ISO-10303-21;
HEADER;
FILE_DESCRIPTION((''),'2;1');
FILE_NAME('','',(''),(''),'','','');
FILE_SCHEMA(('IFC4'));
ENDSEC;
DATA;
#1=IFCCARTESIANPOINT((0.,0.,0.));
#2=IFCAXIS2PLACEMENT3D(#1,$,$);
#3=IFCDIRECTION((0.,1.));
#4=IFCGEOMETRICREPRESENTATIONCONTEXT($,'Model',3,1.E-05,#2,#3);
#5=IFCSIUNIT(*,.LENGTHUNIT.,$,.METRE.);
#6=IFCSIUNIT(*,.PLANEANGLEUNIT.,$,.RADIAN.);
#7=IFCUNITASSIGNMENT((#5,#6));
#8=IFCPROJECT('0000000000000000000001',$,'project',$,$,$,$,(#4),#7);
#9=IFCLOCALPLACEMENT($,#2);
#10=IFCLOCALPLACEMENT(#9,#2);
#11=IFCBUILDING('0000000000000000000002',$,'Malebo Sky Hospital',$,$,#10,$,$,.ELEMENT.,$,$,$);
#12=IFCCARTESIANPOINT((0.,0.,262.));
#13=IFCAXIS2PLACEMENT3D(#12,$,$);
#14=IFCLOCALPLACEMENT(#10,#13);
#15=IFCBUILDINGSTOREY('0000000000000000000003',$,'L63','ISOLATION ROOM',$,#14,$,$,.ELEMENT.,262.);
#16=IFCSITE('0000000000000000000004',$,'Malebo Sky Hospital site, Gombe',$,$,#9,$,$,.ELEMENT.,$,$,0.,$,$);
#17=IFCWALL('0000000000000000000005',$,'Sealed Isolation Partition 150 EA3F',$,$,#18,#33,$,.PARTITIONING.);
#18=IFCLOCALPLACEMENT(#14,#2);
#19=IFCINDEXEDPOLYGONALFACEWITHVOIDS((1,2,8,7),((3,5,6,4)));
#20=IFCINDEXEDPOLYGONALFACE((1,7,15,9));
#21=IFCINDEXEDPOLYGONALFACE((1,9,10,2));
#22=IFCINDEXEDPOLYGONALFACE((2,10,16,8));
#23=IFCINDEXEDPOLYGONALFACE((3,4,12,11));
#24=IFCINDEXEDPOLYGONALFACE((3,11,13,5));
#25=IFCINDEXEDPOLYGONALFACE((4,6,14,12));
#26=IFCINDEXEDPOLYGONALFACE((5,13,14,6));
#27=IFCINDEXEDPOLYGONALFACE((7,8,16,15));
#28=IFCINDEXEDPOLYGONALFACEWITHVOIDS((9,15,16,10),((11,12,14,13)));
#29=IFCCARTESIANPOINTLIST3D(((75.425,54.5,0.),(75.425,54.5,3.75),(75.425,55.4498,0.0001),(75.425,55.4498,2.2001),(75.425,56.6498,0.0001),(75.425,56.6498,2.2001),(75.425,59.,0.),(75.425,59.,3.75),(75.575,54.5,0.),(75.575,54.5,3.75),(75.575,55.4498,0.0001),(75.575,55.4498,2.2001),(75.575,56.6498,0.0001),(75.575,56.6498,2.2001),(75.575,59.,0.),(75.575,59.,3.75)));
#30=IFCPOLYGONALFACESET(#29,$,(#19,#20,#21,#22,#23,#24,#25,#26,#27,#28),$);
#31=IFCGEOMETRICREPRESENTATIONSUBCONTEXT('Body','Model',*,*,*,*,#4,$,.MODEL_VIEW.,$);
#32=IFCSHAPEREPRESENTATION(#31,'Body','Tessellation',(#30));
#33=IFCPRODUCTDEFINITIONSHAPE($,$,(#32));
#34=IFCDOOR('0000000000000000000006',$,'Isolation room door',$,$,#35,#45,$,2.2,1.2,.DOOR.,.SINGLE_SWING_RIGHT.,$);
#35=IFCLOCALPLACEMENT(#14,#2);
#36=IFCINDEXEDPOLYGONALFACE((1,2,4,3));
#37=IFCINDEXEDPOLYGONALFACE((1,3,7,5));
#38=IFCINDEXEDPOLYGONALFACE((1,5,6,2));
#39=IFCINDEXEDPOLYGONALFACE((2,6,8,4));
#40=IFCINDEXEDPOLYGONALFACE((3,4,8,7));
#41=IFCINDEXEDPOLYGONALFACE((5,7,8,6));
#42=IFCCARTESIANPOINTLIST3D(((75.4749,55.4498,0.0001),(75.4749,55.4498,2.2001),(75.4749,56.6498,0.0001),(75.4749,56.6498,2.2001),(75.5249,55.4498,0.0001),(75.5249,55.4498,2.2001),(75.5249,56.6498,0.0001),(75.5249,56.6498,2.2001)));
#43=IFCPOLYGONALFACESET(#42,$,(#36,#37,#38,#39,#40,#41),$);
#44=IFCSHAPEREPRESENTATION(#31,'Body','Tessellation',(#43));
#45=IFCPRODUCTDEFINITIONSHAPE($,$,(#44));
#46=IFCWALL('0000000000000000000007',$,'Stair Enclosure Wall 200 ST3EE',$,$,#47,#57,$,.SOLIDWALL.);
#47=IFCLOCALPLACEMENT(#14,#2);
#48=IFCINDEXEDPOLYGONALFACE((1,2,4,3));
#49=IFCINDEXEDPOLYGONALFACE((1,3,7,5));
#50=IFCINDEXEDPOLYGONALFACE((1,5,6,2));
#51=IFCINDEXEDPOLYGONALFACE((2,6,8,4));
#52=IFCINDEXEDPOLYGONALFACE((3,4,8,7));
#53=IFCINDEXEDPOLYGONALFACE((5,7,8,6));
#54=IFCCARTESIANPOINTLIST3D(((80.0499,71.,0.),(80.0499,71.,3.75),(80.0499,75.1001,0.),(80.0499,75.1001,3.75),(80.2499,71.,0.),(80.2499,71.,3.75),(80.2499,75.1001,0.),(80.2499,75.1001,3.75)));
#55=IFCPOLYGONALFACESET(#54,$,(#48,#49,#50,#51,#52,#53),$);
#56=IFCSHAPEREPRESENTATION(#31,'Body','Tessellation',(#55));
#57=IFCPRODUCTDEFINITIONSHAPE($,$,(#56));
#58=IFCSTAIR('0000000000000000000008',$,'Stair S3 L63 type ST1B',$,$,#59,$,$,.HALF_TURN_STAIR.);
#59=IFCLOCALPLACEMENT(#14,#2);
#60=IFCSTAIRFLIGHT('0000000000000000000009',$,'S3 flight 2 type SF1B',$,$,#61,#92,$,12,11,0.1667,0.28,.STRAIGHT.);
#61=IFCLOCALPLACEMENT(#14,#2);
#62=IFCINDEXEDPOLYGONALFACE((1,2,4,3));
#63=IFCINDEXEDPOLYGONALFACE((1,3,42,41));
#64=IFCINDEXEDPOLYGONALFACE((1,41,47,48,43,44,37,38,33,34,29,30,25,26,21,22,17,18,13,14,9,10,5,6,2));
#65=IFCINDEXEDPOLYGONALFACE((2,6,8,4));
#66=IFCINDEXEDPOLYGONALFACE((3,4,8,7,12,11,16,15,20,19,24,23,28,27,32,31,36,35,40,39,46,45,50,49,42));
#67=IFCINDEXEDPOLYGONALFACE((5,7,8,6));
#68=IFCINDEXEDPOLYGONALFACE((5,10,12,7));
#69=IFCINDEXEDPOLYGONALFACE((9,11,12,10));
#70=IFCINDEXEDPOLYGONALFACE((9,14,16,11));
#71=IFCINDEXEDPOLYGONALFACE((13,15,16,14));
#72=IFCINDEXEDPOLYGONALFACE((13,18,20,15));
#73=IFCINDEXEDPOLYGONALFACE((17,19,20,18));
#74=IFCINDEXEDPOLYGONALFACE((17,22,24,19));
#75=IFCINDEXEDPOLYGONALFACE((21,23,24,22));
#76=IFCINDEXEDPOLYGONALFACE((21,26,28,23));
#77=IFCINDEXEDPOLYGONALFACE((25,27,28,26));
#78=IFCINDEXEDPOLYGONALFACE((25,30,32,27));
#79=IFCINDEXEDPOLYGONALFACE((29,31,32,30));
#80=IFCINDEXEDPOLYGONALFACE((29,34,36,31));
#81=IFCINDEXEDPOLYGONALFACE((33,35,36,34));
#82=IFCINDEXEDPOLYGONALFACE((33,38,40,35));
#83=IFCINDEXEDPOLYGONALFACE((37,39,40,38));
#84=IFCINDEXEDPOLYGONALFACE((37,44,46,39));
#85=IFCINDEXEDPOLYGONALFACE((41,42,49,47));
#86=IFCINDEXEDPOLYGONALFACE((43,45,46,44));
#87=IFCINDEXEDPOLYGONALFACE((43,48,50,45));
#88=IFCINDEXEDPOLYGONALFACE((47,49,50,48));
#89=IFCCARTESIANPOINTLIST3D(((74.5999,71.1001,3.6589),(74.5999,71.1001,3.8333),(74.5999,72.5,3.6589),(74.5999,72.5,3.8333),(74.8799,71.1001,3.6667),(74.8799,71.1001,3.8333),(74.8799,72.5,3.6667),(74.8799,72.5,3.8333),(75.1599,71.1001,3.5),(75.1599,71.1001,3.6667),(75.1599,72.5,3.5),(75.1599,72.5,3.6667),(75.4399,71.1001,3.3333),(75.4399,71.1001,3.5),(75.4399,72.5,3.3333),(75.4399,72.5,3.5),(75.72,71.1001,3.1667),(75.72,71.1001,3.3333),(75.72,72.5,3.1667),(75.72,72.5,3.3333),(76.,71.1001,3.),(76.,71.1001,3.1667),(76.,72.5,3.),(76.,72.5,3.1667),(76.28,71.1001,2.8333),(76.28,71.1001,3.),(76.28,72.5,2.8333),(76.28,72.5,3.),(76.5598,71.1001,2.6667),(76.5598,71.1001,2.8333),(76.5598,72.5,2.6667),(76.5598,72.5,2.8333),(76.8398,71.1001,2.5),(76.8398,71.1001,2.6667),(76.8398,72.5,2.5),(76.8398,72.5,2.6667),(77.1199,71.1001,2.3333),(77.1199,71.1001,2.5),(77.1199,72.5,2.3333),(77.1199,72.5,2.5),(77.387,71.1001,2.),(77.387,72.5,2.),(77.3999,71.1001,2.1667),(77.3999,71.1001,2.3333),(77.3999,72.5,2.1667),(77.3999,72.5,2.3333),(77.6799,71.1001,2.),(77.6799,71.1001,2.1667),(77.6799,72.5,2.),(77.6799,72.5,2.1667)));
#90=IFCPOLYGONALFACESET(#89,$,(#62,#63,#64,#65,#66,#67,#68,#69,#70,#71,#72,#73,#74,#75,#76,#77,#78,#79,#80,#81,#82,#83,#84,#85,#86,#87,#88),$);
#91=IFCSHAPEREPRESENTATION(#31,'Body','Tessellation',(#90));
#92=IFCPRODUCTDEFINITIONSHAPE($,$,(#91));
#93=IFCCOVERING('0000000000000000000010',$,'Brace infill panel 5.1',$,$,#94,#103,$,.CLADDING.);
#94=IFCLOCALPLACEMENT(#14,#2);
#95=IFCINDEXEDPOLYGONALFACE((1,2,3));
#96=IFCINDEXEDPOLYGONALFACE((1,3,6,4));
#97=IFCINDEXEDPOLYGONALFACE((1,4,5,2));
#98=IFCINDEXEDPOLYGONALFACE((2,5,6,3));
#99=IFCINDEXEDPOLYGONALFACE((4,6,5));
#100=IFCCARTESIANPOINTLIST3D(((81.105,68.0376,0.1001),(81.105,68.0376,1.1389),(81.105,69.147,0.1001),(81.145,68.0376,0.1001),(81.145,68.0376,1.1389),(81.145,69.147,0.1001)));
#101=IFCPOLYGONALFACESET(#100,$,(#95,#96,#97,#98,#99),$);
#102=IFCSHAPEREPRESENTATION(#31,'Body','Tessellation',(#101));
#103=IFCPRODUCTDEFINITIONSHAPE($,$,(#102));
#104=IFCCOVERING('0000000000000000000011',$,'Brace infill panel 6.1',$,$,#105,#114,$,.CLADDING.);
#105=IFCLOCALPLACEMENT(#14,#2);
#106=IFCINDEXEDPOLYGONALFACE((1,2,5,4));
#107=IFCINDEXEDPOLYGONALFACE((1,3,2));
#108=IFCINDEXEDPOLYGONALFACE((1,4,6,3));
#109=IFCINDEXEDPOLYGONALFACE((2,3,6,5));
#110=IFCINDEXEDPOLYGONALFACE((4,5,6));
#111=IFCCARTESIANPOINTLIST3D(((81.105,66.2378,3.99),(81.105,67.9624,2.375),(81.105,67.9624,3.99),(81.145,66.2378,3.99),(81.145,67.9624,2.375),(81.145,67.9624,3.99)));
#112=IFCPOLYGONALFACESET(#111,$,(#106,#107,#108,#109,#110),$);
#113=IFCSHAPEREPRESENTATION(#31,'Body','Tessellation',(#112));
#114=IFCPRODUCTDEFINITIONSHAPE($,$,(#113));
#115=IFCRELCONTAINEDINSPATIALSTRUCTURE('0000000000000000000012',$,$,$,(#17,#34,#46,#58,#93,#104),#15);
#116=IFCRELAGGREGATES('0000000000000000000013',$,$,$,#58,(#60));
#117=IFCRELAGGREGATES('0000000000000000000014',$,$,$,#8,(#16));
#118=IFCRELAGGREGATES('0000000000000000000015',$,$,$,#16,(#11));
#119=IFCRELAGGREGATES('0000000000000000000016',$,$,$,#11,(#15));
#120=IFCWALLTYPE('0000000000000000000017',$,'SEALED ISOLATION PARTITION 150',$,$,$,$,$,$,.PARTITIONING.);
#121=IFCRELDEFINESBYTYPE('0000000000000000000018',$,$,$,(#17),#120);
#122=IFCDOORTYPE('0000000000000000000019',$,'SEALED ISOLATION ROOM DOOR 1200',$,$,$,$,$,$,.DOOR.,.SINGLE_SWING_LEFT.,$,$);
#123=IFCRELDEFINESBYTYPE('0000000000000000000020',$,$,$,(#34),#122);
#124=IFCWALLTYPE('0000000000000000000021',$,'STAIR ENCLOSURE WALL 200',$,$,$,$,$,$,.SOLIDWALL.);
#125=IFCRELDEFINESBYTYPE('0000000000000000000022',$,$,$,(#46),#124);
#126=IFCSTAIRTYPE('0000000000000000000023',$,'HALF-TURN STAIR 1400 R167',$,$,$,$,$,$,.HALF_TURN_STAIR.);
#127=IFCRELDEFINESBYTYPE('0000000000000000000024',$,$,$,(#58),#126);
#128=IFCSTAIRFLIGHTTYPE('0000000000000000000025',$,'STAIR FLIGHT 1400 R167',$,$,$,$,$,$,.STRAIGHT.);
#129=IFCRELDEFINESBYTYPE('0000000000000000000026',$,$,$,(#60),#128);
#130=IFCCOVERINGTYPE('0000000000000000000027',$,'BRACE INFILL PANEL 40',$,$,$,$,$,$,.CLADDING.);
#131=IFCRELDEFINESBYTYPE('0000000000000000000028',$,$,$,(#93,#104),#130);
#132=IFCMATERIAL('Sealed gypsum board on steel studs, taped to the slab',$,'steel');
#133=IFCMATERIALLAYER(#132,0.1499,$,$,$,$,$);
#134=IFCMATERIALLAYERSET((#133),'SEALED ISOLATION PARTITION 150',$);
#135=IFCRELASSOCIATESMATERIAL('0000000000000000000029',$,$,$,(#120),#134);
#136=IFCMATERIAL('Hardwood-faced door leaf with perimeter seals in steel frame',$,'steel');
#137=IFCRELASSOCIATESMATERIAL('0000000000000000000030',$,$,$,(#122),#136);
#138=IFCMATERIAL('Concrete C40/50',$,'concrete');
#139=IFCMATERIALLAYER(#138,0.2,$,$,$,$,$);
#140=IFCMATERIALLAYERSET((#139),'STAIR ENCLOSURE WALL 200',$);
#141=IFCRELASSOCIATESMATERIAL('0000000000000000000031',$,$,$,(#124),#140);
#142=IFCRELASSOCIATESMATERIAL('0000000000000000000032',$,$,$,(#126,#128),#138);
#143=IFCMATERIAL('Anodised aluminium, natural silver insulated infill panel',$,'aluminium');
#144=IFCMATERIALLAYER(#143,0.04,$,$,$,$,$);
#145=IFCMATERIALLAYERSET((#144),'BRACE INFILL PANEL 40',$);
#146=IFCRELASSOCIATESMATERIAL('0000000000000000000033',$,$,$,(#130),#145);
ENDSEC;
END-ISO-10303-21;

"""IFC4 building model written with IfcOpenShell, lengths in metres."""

from ifc_helpers import new_model, si_unit, direction, frame, frame_2d, origin, place, context, subcontext, project, spatial, polyline, rectangle, outline, extrude, material, layer, layer_set, type_object, element, fill, aggregate, save


model = new_model("IFC4")

# Units and contexts
model_context = context("Model", 3, precision=1e-05, world=origin(), true_north=direction((0.0, 1.0)))
body_context = subcontext(model_context, "Body", "Model", "MODEL_VIEW")
ifc_project = project(units=[si_unit("LENGTHUNIT", "METRE"), si_unit("PLANEANGLEUNIT", "RADIAN")], contexts=[model_context])

# Site, building, storey
site_placement = place(None, origin())
site = spatial("IfcSite", under=ifc_project, at=site_placement, Name="Malebo Sky Hospital site, Gombe", CompositionType="ELEMENT", RefElevation=0.0)
building_placement = place(site_placement, origin())
building = spatial("IfcBuilding", under=site, at=building_placement, Name="Malebo Sky Hospital", CompositionType="ELEMENT")
storey_placement = place(building_placement, frame((0.0, 0.0, 262.0)))
storey = spatial("IfcBuildingStorey", under=building, at=storey_placement, Name="L63", Description="ISOLATION ROOM", CompositionType="ELEMENT", Elevation=262.0)

# Wall, opening, door
ifc_material_1 = material(Name="Sealed gypsum board on steel studs, taped to the slab", Category="steel")
ifc_layer_1 = layer(ifc_material_1, 0.1499)
ifc_layer_set_1 = layer_set([ifc_layer_1], Name="SEALED ISOLATION PARTITION 150")
wall_type_1 = type_object("IfcWallType", Name="SEALED ISOLATION PARTITION 150", PredefinedType="PARTITIONING", material=ifc_layer_set_1)
wall_1_placement = place(storey_placement, frame((75.5, 59.0, 0.0), z_axis=(0.0, 0.0, 1.0), x_axis=(0.0, -1.0, 0.0)))
wall_1 = element("IfcWall", 1, at=wall_1_placement, inside=storey, type_object=wall_type_1, Name="Sealed Isolation Partition 150 EA3F", PredefinedType="PARTITIONING", context=body_context, shape_type="SweptSolid", body=[
    extrude(rectangle(XDim=4.5, YDim=0.1499, at=frame_2d((2.25, 0.0))), origin(), (0.0, 0.0, 1.0), 3.75),
])
opening_1_placement = place(wall_1_placement, frame((2.3501, 0.0, 0.0)))
opening_1 = element("IfcOpeningElement", 2, at=opening_1_placement, cuts=wall_1, PredefinedType="OPENING", context=body_context, shape_type="SweptSolid", body=[
    extrude(rectangle(XDim=1.2, YDim=2.2, at=frame_2d((0.6001, 1.1001))), frame((0.0, 0.085, 0.0), z_axis=(0.0, -1.0, 0.0), x_axis=(1.0, 0.0, 0.0)), (0.0, 0.0, 1.0), 0.1699),
])
ifc_material_2 = material(Name="Hardwood-faced door leaf with perimeter seals in steel frame", Category="steel")
door_type_1 = type_object("IfcDoorType", Name="SEALED ISOLATION ROOM DOOR 1200", OperationType="SINGLE_SWING_LEFT", PredefinedType="DOOR", material=ifc_material_2)
door_1_placement = place(opening_1_placement, origin())
door_1 = element("IfcDoor", 3, at=door_1_placement, inside=storey, type_object=door_type_1, Name="Isolation room door", OperationType="SINGLE_SWING_RIGHT", OverallHeight=2.2, OverallWidth=1.2, PredefinedType="DOOR", context=body_context, shape_type="SweptSolid", body=[
    extrude(rectangle(XDim=1.2, YDim=2.2, at=frame_2d((0.6001, 1.1001))), frame((0.0, 0.0249, 0.0), z_axis=(0.0, -1.0, 0.0), x_axis=(1.0, 0.0, 0.0)), (0.0, 0.0, 1.0), 0.05),
])
fill(opening_1, door_1)

# Wall
ifc_material_3 = material(Name="Concrete C40/50", Category="concrete")
ifc_layer_2 = layer(ifc_material_3, 0.2)
ifc_layer_set_2 = layer_set([ifc_layer_2], Name="STAIR ENCLOSURE WALL 200")
wall_type_2 = type_object("IfcWallType", Name="STAIR ENCLOSURE WALL 200", PredefinedType="SOLIDWALL", material=ifc_layer_set_2)
wall_2_placement = place(storey_placement, frame((80.1499, 71.0, 0.0), z_axis=(0.0, 0.0, 1.0), x_axis=(0.0, 1.0, 0.0)))
element("IfcWall", 4, at=wall_2_placement, inside=storey, type_object=wall_type_2, Name="Stair Enclosure Wall 200 ST3EE", PredefinedType="SOLIDWALL", context=body_context, shape_type="SweptSolid", body=[
    extrude(rectangle(XDim=4.1001, YDim=0.2, at=frame_2d((2.05, 0.0))), origin(), (0.0, 0.0, 1.0), 3.75),
])

# Stair, stair flight
stair_type = type_object("IfcStairType", Name="HALF-TURN STAIR 1400 R167", PredefinedType="HALF_TURN_STAIR", material=ifc_material_3)
stair_placement = place(storey_placement, origin())
stair = element("IfcStair", 5, at=stair_placement, inside=storey, type_object=stair_type, Name="Stair S3 L63 type ST1B", PredefinedType="HALF_TURN_STAIR")
stair_flight_type = type_object("IfcStairFlightType", Name="STAIR FLIGHT 1400 R167", PredefinedType="STRAIGHT", material=ifc_material_3)
stair_flight_placement = place(storey_placement, frame((77.6799, 71.8, 2.0), z_axis=(0.0, 0.0, 1.0), x_axis=(-1.0, 0.0, 0.0)))
stair_flight = element("IfcStairFlight", 6, at=stair_flight_placement, type_object=stair_flight_type, Name="S3 flight 2 type SF1B", NumberOfRisers=12, NumberOfTreads=11, PredefinedType="STRAIGHT", RiserHeight=0.1667, TreadLength=0.28, context=body_context, shape_type="SweptSolid", body=[
    extrude(outline(polyline([(0.0, 0.0), (0.0, 0.1667), (0.28, 0.1667), (0.28, 0.3333), (0.5601, 0.3333), (0.5601, 0.5), (0.8401, 0.5), (0.8401, 0.6667), (1.1201, 0.6667), (1.1201, 0.8333), (1.3999, 0.8333), (1.3999, 1.0), (1.6799, 1.0), (1.6799, 1.1667), (1.96, 1.1667), (1.96, 1.3333), (2.24, 1.3333), (2.24, 1.5), (2.52, 1.5), (2.52, 1.6667), (2.8, 1.6667), (2.8, 1.8333), (3.0801, 1.8333), (3.0801, 2.0), (3.0801, 1.6589), (0.293, 0.0), (0.0, 0.0)])), frame((0.0, 0.7, 0.0), z_axis=(0.0, -1.0, 0.0), x_axis=(1.0, 0.0, 0.0)), (0.0, 0.0, 1.0), 1.3999),
])
aggregate(stair, [stair_flight])

# Coverings
ifc_material_4 = material(Name="Anodised aluminium, natural silver insulated infill panel", Category="aluminium")
ifc_layer_3 = layer(ifc_material_4, 0.04)
ifc_layer_set_3 = layer_set([ifc_layer_3], Name="BRACE INFILL PANEL 40")
covering_type = type_object("IfcCoveringType", Name="BRACE INFILL PANEL 40", PredefinedType="CLADDING", material=ifc_layer_set_3)
covering_1_placement = place(storey_placement, frame((81.125, 68.5923, 0.1001), z_axis=(0.0, 0.0, 1.0), x_axis=(0.0, -1.0, 0.0)))
element("IfcCovering", 7, at=covering_1_placement, inside=storey, type_object=covering_type, Name="Brace infill panel 5.1", PredefinedType="CLADDING", context=body_context, shape_type="SweptSolid", body=[
    extrude(outline(polyline([(-0.5547, 0.0), (0.5547, 0.0), (0.5547, 1.0388), (-0.5547, 0.0)])), frame((0.0, 0.02, 0.0), z_axis=(0.0, -1.0, 0.0), x_axis=(1.0, 0.0, 0.0)), (0.0, 0.0, 1.0), 0.04),
])
covering_2_placement = place(storey_placement, frame((81.125, 67.1001, 2.375), z_axis=(0.0, 0.0, 1.0), x_axis=(0.0, -1.0, 0.0)))
element("IfcCovering", 8, at=covering_2_placement, inside=storey, type_object=covering_type, Name="Brace infill panel 6.1", PredefinedType="CLADDING", context=body_context, shape_type="SweptSolid", body=[
    extrude(outline(polyline([(-0.8623, 0.0), (0.8623, 1.615), (-0.8623, 1.615), (-0.8623, 0.0)])), frame((0.0, 0.02, 0.0), z_axis=(0.0, -1.0, 0.0), x_axis=(1.0, 0.0, 0.0)), (0.0, 0.0, 1.0), 0.04),
])

save(model, "model.ifc")
